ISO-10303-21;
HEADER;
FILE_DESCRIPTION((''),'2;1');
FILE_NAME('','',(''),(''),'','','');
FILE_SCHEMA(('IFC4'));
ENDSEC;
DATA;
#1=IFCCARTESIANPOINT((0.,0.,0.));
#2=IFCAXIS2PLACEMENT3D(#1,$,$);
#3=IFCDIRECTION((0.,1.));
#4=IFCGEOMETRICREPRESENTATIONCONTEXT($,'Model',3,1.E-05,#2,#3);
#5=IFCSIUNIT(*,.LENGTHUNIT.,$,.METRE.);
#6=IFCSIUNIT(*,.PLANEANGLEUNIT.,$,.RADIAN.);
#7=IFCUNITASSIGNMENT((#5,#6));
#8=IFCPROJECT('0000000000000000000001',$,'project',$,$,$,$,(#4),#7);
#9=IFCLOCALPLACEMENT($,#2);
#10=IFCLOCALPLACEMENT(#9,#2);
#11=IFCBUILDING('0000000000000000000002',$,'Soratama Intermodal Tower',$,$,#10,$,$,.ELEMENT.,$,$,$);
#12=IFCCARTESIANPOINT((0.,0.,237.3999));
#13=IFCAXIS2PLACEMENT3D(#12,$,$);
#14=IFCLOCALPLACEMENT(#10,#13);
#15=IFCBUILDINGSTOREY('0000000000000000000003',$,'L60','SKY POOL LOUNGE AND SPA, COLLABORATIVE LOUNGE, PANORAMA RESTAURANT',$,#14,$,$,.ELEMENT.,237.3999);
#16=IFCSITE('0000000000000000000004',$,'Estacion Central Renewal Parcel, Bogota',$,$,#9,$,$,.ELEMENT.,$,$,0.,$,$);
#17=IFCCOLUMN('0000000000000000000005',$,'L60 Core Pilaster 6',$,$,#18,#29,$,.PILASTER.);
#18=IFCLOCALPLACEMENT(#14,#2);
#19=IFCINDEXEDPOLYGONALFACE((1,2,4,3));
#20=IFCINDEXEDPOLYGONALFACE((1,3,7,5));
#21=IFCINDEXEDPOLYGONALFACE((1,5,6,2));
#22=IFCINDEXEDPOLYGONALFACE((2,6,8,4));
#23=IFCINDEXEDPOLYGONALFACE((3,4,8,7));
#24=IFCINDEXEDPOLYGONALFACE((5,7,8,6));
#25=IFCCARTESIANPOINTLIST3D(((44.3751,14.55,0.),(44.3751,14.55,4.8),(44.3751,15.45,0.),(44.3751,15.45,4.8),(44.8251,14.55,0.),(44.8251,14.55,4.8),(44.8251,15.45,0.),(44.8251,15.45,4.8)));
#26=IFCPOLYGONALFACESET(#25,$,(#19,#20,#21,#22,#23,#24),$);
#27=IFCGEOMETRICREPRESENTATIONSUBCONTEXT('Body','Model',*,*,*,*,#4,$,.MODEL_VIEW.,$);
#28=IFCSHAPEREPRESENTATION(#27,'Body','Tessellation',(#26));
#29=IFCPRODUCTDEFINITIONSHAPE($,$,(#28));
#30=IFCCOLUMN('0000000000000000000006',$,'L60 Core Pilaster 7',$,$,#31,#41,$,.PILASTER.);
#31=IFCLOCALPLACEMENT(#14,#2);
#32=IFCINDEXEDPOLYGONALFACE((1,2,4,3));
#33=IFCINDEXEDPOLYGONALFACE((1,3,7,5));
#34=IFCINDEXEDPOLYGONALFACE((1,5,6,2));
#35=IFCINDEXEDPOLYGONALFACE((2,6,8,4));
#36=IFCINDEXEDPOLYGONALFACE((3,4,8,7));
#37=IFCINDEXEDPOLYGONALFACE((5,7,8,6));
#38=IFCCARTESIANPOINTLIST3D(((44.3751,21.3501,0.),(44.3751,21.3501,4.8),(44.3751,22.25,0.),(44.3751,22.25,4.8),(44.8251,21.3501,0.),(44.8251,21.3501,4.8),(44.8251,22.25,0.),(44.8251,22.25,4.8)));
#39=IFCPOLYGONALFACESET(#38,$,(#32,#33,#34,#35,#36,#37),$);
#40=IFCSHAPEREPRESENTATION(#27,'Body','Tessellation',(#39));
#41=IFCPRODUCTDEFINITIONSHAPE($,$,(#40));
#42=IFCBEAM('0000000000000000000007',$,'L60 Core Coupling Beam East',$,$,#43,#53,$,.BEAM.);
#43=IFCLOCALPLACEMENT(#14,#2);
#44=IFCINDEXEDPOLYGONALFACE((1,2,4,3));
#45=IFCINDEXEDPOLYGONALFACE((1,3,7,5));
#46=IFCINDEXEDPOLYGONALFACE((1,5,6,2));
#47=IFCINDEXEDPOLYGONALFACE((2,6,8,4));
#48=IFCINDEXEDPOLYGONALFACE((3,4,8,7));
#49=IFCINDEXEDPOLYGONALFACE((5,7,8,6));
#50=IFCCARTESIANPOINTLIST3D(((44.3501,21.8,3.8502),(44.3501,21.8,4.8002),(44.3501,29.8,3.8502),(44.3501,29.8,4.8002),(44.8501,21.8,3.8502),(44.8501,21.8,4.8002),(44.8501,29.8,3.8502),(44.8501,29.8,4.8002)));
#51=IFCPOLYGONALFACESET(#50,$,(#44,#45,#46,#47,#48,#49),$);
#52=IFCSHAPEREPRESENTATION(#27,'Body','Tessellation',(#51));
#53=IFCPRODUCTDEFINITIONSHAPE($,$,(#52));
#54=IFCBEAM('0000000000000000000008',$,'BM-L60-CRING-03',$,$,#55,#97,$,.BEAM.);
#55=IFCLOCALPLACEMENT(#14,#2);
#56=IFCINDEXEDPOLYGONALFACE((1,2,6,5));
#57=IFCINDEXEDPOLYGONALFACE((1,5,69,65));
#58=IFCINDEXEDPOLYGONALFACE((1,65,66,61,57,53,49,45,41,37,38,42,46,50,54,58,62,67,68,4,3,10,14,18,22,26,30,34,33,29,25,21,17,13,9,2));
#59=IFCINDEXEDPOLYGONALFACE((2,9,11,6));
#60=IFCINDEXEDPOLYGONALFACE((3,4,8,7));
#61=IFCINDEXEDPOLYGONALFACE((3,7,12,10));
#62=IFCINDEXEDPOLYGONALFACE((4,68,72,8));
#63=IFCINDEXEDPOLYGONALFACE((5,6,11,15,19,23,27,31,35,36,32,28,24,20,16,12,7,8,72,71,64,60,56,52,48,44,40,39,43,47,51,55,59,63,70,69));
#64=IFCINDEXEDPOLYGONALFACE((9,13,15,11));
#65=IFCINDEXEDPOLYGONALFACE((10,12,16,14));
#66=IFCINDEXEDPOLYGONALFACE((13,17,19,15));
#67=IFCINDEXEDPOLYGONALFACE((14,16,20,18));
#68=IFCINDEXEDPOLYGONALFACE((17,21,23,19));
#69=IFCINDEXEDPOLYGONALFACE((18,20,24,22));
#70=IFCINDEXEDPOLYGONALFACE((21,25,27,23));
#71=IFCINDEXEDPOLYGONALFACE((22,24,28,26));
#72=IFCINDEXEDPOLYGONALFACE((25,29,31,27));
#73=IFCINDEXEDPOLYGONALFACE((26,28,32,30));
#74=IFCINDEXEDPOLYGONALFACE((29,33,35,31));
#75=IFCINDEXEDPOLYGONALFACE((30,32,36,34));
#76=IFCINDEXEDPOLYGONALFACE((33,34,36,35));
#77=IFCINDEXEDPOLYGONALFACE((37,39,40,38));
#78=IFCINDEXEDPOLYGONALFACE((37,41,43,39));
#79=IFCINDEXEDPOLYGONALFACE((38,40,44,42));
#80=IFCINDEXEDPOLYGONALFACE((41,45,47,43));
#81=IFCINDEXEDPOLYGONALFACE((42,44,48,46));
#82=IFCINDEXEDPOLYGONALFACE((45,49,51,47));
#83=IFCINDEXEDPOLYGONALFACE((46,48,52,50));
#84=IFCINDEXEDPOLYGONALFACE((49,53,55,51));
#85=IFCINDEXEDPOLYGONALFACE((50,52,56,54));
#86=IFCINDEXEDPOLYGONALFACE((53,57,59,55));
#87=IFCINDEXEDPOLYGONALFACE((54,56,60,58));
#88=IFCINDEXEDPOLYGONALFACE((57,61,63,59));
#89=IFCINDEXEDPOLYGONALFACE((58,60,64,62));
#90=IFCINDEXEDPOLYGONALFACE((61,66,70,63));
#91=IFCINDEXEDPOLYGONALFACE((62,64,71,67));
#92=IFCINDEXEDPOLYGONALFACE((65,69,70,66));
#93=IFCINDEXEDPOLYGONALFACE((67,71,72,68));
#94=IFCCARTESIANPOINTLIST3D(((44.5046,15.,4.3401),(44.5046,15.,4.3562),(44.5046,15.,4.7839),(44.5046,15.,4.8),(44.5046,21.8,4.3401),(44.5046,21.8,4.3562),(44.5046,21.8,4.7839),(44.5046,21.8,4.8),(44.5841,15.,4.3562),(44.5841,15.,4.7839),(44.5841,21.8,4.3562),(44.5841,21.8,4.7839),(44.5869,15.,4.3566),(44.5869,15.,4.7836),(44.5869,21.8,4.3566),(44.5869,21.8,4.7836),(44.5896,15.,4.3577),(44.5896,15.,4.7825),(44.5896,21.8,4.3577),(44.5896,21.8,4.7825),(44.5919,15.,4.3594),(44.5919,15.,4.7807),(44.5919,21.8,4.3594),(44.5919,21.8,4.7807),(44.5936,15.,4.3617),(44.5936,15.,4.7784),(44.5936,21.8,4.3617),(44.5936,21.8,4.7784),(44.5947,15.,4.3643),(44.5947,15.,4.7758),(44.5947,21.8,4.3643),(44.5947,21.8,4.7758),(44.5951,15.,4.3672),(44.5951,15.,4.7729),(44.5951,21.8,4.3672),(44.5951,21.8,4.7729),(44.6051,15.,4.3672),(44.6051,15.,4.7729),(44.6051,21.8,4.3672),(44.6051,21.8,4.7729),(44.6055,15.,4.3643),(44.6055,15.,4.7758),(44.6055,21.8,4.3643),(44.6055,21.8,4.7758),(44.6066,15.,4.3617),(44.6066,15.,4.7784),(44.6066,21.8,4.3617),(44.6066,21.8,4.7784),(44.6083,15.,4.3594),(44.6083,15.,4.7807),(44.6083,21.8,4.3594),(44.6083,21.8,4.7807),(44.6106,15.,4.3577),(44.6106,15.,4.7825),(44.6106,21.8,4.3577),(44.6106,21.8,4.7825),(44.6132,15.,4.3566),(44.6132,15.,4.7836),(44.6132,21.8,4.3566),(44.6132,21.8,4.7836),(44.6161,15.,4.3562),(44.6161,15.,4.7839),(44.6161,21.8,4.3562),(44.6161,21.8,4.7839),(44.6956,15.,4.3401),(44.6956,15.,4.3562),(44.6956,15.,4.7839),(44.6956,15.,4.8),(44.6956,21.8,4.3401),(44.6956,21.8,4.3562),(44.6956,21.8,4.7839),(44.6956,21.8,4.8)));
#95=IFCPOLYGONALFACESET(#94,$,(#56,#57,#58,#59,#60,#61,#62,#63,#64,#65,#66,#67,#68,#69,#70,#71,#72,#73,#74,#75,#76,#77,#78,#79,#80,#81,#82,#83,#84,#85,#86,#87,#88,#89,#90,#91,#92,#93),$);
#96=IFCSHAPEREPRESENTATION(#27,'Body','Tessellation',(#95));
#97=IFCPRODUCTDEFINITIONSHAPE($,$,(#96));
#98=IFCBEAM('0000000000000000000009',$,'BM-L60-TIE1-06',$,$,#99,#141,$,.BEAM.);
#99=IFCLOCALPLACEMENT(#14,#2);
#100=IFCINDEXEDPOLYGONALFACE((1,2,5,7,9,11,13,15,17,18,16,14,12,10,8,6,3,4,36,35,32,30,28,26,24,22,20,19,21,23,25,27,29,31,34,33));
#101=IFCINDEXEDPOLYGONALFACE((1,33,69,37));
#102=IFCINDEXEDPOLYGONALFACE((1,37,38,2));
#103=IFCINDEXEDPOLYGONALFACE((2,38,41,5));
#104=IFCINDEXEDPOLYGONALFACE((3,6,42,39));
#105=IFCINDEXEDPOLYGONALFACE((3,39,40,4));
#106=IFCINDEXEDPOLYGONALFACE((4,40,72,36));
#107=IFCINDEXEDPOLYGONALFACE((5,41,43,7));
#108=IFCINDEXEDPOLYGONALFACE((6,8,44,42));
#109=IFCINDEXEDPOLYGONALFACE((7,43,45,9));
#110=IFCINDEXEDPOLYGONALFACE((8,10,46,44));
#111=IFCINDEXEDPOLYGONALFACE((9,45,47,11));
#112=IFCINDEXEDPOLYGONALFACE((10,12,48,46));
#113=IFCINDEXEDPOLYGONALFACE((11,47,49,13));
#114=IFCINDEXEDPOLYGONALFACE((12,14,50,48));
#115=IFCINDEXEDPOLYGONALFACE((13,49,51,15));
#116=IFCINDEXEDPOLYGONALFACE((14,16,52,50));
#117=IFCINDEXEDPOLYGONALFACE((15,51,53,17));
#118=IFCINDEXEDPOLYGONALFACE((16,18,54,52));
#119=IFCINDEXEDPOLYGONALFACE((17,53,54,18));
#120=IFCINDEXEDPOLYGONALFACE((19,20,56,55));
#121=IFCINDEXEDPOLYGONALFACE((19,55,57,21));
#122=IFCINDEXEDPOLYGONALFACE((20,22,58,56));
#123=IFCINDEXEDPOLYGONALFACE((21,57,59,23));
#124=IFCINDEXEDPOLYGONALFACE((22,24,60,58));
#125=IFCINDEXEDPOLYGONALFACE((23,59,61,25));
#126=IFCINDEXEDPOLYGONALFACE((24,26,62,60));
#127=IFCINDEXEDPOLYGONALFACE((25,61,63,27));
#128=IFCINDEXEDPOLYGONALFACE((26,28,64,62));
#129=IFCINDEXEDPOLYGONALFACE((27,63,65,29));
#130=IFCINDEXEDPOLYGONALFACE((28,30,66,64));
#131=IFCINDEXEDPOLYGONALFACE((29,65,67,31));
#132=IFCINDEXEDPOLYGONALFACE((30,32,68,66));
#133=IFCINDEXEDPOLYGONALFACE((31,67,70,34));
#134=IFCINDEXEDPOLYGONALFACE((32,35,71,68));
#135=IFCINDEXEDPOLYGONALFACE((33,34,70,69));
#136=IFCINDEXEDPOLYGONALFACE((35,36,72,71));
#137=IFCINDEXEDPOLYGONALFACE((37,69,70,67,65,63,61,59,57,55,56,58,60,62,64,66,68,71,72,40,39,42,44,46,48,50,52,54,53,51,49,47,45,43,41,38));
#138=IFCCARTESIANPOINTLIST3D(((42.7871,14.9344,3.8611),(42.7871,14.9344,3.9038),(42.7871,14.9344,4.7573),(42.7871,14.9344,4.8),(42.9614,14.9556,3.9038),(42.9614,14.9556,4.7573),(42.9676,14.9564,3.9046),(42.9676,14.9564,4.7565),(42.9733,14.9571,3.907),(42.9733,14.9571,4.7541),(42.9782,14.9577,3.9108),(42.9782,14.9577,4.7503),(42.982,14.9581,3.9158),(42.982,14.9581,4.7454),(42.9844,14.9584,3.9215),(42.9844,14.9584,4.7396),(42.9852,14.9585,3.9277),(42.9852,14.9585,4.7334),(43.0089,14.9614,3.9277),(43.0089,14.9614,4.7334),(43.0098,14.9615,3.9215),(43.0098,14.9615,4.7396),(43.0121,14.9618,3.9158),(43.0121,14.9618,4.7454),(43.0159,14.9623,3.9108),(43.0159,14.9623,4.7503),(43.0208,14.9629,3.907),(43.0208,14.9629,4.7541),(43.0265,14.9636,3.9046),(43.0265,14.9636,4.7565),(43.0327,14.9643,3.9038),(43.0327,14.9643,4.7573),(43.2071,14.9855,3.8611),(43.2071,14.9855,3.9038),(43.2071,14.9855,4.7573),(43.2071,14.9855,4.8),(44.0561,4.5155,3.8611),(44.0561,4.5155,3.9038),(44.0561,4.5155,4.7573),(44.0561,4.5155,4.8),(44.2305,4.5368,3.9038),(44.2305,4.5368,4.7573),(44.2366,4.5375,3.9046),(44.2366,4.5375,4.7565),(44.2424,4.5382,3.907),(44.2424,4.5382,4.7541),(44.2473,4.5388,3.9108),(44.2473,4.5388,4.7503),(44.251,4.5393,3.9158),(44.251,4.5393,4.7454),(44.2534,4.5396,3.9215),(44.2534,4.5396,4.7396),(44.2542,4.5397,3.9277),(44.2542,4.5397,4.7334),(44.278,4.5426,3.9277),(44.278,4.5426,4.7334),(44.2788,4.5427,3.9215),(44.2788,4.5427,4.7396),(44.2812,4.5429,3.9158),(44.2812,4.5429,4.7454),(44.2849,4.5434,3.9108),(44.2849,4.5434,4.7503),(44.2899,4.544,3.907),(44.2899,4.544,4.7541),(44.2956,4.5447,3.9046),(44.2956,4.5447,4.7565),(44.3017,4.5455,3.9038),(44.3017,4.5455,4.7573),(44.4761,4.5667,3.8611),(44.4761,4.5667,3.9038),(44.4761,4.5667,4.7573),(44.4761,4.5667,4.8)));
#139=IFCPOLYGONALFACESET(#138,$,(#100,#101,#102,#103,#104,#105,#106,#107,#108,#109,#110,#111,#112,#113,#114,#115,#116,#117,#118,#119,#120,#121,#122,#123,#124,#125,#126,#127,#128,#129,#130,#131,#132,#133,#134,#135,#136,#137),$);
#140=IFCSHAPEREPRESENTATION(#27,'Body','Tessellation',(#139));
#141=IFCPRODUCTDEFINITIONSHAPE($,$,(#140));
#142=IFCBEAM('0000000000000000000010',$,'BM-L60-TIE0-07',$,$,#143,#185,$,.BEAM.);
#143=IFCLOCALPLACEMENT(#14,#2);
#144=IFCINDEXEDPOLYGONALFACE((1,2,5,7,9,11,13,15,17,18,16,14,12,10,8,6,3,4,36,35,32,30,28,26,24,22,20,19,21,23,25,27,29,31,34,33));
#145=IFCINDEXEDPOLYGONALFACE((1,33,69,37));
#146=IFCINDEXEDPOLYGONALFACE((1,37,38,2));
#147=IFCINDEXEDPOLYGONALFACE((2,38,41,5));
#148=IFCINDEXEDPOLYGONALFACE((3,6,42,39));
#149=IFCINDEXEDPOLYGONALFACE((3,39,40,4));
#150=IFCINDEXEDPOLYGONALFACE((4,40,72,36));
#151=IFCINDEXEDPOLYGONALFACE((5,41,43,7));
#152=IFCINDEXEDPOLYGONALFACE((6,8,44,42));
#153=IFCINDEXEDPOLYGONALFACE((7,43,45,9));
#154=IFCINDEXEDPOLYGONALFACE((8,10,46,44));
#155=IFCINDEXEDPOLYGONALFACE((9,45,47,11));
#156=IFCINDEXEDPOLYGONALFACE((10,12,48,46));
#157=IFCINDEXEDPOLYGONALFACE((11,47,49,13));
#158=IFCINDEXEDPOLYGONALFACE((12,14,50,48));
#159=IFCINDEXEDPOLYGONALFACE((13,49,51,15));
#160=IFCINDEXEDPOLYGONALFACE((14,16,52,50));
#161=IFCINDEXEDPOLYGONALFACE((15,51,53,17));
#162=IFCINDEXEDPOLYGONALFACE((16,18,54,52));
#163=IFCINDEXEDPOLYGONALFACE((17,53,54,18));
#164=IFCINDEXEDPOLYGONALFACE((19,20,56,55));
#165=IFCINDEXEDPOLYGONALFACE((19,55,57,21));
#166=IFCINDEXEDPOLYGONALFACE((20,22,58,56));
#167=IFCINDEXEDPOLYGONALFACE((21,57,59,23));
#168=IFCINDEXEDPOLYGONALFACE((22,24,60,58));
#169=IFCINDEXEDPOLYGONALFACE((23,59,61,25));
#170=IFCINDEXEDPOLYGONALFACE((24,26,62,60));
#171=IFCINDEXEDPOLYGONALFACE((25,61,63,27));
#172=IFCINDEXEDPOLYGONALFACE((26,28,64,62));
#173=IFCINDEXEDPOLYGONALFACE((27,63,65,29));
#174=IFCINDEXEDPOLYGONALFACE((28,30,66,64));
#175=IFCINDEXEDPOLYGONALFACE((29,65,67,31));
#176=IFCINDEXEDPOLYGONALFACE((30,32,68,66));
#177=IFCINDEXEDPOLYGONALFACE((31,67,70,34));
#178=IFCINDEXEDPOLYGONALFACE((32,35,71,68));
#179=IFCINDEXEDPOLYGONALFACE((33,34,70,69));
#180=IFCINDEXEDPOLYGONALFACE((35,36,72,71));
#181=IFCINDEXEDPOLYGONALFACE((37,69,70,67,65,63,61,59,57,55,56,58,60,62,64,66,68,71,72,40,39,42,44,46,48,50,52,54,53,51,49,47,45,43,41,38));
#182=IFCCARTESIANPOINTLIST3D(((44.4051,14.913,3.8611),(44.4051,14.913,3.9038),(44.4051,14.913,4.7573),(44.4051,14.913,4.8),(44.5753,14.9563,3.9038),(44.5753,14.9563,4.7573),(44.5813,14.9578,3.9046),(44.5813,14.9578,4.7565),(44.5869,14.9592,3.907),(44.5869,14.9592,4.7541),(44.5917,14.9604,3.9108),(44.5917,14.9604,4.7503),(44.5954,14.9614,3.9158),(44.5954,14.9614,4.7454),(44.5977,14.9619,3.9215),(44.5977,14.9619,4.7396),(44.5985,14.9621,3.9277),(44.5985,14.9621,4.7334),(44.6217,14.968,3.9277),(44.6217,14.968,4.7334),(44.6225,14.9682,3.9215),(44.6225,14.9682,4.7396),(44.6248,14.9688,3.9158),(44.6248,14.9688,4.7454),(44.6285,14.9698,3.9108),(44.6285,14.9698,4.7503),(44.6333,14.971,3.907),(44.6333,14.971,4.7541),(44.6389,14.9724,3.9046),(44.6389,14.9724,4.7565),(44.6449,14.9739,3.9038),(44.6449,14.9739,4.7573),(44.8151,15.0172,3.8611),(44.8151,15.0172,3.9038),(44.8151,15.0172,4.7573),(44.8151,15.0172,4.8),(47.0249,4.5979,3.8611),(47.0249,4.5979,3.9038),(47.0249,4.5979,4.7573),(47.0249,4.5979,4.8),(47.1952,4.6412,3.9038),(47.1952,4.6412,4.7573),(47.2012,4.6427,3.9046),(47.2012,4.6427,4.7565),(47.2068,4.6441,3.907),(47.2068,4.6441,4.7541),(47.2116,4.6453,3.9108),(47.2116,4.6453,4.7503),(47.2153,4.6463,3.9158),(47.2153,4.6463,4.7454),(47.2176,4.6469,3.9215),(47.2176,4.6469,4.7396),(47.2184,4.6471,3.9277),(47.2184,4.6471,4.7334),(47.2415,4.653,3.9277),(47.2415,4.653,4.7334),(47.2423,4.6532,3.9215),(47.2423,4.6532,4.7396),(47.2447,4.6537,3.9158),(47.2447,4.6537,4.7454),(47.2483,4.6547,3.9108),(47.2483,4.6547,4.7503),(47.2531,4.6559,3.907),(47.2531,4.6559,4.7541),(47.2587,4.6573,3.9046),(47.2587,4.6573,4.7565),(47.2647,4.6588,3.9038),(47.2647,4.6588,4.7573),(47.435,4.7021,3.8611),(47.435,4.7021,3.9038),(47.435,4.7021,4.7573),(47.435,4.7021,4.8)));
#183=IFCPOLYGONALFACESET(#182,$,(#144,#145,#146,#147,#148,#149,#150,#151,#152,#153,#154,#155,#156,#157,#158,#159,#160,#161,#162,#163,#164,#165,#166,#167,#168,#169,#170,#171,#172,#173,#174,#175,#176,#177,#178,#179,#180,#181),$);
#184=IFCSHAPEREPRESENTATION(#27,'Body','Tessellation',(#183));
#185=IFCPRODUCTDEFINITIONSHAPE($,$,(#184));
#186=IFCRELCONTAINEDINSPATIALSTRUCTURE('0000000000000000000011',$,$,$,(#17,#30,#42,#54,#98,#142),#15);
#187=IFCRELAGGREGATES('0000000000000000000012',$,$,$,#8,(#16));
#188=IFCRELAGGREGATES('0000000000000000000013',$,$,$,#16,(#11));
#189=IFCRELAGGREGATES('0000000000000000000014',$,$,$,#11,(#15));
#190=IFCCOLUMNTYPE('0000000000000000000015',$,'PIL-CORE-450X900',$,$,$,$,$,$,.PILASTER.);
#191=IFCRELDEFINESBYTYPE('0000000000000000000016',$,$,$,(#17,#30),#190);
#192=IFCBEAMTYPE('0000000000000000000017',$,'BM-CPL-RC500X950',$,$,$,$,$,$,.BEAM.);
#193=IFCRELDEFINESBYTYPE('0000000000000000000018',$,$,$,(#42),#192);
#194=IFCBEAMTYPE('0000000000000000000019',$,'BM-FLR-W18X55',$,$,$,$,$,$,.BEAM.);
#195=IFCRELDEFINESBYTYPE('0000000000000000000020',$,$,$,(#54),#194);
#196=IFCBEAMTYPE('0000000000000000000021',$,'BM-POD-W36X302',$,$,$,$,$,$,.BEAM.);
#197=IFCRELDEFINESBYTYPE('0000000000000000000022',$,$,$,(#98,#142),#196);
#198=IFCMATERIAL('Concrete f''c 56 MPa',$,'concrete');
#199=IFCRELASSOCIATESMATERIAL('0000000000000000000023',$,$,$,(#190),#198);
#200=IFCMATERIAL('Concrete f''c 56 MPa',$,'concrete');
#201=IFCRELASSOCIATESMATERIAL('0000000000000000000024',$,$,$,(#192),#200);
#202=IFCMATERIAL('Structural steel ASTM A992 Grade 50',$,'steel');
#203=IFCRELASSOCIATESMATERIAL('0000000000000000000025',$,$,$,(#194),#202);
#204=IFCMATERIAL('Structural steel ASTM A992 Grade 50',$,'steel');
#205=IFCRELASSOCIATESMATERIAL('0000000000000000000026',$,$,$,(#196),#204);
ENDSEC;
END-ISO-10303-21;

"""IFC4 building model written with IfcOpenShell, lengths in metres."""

from ifc_helpers import new_model, si_unit, direction, frame, origin, origin_2d, place, context, subcontext, project, spatial, rectangle, i_section, extrude, material, material_profile, profile_set, type_object, element, save


model = new_model("IFC4")

# Units and contexts
model_context = context("Model", 3, precision=1e-05, world=origin(), true_north=direction((0.0, 1.0)))
body_context = subcontext(model_context, "Body", "Model", "MODEL_VIEW")
ifc_project = project(units=[si_unit("LENGTHUNIT", "METRE"), si_unit("PLANEANGLEUNIT", "RADIAN")], contexts=[model_context])

# Site, building, storey
site_placement = place(None, origin())
site = spatial("IfcSite", under=ifc_project, at=site_placement, Name="Estacion Central Renewal Parcel, Bogota", CompositionType="ELEMENT", RefElevation=0.0)
building_placement = place(site_placement, origin())
building = spatial("IfcBuilding", under=site, at=building_placement, Name="Soratama Intermodal Tower", CompositionType="ELEMENT")
storey_placement = place(building_placement, frame((0.0, 0.0, 237.3999)))
storey = spatial("IfcBuildingStorey", under=building, at=storey_placement, Name="L60", Description="SKY POOL LOUNGE AND SPA, COLLABORATIVE LOUNGE, PANORAMA RESTAURANT", CompositionType="ELEMENT", Elevation=237.3999)

# Columns
ifc_material_1 = material(Name="Concrete f'c 56 MPa", Category="concrete")
ifc_material_profile_1 = material_profile(ifc_material_1, rectangle(XDim=0.45, YDim=0.8999, at=origin_2d()), Name="RC450X900")
ifc_profile_set_1 = profile_set([ifc_material_profile_1], Name="Concrete f'c 56 MPa")
column_type = type_object("IfcColumnType", Name="PIL-CORE-450X900", PredefinedType="PILASTER", material=ifc_profile_set_1)
for number, where, z_axis, x_axis, name in (
    (1, (44.6001, 15.0, 0.0), (0.0, 0.0, 1.0), (1.0, 0.0, 0.0), "L60 Core Pilaster 6"),
    (2, (44.6001, 21.8, 0.0), (0.0, 0.0, 1.0), (1.0, 0.0, 0.0), "L60 Core Pilaster 7"),
):
    element("IfcColumn", number, at=place(storey_placement, frame(where, z_axis=z_axis, x_axis=x_axis)), inside=storey, type_object=column_type, Name=name, PredefinedType="PILASTER", context=body_context, shape_type="SweptSolid", body=[
        extrude(rectangle(XDim=0.45, YDim=0.8999, at=origin_2d()), origin(), (0.0, 0.0, 1.0), 4.8),
    ])

# Beams
ifc_material_2 = material(Name="Concrete f'c 56 MPa", Category="concrete")
ifc_material_profile_2 = material_profile(ifc_material_2, rectangle(XDim=0.5, YDim=0.95, at=origin_2d()), Name="RC500X950")
ifc_profile_set_2 = profile_set([ifc_material_profile_2], Name="Concrete f'c 56 MPa")
beam_type_1 = type_object("IfcBeamType", Name="BM-CPL-RC500X950", PredefinedType="BEAM", material=ifc_profile_set_2)
beam_1_placement = place(storey_placement, frame((44.6001, 21.8, 4.3252), z_axis=(0.0, 1.0, 0.0), x_axis=(-1.0, 0.0, 0.0)))
element("IfcBeam", 3, at=beam_1_placement, inside=storey, type_object=beam_type_1, Name="L60 Core Coupling Beam East", PredefinedType="BEAM", context=body_context, shape_type="SweptSolid", body=[
    extrude(rectangle(XDim=0.5, YDim=0.95, at=origin_2d()), origin(), (0.0, 0.0, 1.0), 8.0),
])
ifc_material_3 = material(Name="Structural steel ASTM A992 Grade 50", Category="steel")
ifc_material_profile_3 = material_profile(ifc_material_3, i_section(OverallWidth=0.1909, OverallDepth=0.46, WebThickness=0.01, FlangeThickness=0.0161, FilletRadius=0.011, at=origin_2d()), Name="W18X55")
ifc_profile_set_3 = profile_set([ifc_material_profile_3], Name="Structural steel ASTM A992 Grade 50")
beam_type_2 = type_object("IfcBeamType", Name="BM-FLR-W18X55", PredefinedType="BEAM", material=ifc_profile_set_3)
beam_2_placement = place(storey_placement, frame((44.6001, 15.0, 4.5701), z_axis=(0.0, 1.0, 0.0), x_axis=(-1.0, 0.0, 0.0)))
element("IfcBeam", 4, at=beam_2_placement, inside=storey, type_object=beam_type_2, Name="BM-L60-CRING-03", PredefinedType="BEAM", context=body_context, shape_type="SweptSolid", body=[
    extrude(i_section(OverallWidth=0.1909, OverallDepth=0.46, WebThickness=0.01, FlangeThickness=0.0161, FilletRadius=0.011, at=origin_2d()), origin(), (0.0, 0.0, 1.0), 6.8),
])
ifc_material_4 = material(Name="Structural steel ASTM A992 Grade 50", Category="steel")
ifc_material_profile_4 = material_profile(ifc_material_4, i_section(OverallWidth=0.4231, OverallDepth=0.939, WebThickness=0.0239, FlangeThickness=0.0427, FilletRadius=0.0239, at=origin_2d()), Name="W36X302")
ifc_profile_set_4 = profile_set([ifc_material_profile_4], Name="Structural steel ASTM A992 Grade 50")
beam_type_3 = type_object("IfcBeamType", Name="BM-POD-W36X302", PredefinedType="BEAM", material=ifc_profile_set_4)
beam_3_placement = place(storey_placement, frame((42.9971, 14.96, 4.3306), z_axis=(0.120908, -0.992664, 0.0), x_axis=(0.992664, 0.120908, 0.0)))
element("IfcBeam", 5, at=beam_3_placement, inside=storey, type_object=beam_type_3, Name="BM-L60-TIE1-06", PredefinedType="BEAM", context=body_context, shape_type="SweptSolid", body=[
    extrude(i_section(OverallWidth=0.4231, OverallDepth=0.939, WebThickness=0.0239, FlangeThickness=0.0427, FilletRadius=0.0239, at=origin_2d()), origin(), (0.0, 0.0, 1.0), 10.4958),
])
beam_4_placement = place(storey_placement, frame((44.6101, 14.9651, 4.3306), z_axis=(0.246167, -0.969228, 0.0), x_axis=(0.969228, 0.246167, 0.0)))
element("IfcBeam", 6, at=beam_4_placement, inside=storey, type_object=beam_type_3, Name="BM-L60-TIE0-07", PredefinedType="BEAM", context=body_context, shape_type="SweptSolid", body=[
    extrude(i_section(OverallWidth=0.4231, OverallDepth=0.939, WebThickness=0.0239, FlangeThickness=0.0427, FilletRadius=0.0239, at=origin_2d()), origin(), (0.0, 0.0, 1.0), 10.6426),
])

save(model, "model.ifc")
